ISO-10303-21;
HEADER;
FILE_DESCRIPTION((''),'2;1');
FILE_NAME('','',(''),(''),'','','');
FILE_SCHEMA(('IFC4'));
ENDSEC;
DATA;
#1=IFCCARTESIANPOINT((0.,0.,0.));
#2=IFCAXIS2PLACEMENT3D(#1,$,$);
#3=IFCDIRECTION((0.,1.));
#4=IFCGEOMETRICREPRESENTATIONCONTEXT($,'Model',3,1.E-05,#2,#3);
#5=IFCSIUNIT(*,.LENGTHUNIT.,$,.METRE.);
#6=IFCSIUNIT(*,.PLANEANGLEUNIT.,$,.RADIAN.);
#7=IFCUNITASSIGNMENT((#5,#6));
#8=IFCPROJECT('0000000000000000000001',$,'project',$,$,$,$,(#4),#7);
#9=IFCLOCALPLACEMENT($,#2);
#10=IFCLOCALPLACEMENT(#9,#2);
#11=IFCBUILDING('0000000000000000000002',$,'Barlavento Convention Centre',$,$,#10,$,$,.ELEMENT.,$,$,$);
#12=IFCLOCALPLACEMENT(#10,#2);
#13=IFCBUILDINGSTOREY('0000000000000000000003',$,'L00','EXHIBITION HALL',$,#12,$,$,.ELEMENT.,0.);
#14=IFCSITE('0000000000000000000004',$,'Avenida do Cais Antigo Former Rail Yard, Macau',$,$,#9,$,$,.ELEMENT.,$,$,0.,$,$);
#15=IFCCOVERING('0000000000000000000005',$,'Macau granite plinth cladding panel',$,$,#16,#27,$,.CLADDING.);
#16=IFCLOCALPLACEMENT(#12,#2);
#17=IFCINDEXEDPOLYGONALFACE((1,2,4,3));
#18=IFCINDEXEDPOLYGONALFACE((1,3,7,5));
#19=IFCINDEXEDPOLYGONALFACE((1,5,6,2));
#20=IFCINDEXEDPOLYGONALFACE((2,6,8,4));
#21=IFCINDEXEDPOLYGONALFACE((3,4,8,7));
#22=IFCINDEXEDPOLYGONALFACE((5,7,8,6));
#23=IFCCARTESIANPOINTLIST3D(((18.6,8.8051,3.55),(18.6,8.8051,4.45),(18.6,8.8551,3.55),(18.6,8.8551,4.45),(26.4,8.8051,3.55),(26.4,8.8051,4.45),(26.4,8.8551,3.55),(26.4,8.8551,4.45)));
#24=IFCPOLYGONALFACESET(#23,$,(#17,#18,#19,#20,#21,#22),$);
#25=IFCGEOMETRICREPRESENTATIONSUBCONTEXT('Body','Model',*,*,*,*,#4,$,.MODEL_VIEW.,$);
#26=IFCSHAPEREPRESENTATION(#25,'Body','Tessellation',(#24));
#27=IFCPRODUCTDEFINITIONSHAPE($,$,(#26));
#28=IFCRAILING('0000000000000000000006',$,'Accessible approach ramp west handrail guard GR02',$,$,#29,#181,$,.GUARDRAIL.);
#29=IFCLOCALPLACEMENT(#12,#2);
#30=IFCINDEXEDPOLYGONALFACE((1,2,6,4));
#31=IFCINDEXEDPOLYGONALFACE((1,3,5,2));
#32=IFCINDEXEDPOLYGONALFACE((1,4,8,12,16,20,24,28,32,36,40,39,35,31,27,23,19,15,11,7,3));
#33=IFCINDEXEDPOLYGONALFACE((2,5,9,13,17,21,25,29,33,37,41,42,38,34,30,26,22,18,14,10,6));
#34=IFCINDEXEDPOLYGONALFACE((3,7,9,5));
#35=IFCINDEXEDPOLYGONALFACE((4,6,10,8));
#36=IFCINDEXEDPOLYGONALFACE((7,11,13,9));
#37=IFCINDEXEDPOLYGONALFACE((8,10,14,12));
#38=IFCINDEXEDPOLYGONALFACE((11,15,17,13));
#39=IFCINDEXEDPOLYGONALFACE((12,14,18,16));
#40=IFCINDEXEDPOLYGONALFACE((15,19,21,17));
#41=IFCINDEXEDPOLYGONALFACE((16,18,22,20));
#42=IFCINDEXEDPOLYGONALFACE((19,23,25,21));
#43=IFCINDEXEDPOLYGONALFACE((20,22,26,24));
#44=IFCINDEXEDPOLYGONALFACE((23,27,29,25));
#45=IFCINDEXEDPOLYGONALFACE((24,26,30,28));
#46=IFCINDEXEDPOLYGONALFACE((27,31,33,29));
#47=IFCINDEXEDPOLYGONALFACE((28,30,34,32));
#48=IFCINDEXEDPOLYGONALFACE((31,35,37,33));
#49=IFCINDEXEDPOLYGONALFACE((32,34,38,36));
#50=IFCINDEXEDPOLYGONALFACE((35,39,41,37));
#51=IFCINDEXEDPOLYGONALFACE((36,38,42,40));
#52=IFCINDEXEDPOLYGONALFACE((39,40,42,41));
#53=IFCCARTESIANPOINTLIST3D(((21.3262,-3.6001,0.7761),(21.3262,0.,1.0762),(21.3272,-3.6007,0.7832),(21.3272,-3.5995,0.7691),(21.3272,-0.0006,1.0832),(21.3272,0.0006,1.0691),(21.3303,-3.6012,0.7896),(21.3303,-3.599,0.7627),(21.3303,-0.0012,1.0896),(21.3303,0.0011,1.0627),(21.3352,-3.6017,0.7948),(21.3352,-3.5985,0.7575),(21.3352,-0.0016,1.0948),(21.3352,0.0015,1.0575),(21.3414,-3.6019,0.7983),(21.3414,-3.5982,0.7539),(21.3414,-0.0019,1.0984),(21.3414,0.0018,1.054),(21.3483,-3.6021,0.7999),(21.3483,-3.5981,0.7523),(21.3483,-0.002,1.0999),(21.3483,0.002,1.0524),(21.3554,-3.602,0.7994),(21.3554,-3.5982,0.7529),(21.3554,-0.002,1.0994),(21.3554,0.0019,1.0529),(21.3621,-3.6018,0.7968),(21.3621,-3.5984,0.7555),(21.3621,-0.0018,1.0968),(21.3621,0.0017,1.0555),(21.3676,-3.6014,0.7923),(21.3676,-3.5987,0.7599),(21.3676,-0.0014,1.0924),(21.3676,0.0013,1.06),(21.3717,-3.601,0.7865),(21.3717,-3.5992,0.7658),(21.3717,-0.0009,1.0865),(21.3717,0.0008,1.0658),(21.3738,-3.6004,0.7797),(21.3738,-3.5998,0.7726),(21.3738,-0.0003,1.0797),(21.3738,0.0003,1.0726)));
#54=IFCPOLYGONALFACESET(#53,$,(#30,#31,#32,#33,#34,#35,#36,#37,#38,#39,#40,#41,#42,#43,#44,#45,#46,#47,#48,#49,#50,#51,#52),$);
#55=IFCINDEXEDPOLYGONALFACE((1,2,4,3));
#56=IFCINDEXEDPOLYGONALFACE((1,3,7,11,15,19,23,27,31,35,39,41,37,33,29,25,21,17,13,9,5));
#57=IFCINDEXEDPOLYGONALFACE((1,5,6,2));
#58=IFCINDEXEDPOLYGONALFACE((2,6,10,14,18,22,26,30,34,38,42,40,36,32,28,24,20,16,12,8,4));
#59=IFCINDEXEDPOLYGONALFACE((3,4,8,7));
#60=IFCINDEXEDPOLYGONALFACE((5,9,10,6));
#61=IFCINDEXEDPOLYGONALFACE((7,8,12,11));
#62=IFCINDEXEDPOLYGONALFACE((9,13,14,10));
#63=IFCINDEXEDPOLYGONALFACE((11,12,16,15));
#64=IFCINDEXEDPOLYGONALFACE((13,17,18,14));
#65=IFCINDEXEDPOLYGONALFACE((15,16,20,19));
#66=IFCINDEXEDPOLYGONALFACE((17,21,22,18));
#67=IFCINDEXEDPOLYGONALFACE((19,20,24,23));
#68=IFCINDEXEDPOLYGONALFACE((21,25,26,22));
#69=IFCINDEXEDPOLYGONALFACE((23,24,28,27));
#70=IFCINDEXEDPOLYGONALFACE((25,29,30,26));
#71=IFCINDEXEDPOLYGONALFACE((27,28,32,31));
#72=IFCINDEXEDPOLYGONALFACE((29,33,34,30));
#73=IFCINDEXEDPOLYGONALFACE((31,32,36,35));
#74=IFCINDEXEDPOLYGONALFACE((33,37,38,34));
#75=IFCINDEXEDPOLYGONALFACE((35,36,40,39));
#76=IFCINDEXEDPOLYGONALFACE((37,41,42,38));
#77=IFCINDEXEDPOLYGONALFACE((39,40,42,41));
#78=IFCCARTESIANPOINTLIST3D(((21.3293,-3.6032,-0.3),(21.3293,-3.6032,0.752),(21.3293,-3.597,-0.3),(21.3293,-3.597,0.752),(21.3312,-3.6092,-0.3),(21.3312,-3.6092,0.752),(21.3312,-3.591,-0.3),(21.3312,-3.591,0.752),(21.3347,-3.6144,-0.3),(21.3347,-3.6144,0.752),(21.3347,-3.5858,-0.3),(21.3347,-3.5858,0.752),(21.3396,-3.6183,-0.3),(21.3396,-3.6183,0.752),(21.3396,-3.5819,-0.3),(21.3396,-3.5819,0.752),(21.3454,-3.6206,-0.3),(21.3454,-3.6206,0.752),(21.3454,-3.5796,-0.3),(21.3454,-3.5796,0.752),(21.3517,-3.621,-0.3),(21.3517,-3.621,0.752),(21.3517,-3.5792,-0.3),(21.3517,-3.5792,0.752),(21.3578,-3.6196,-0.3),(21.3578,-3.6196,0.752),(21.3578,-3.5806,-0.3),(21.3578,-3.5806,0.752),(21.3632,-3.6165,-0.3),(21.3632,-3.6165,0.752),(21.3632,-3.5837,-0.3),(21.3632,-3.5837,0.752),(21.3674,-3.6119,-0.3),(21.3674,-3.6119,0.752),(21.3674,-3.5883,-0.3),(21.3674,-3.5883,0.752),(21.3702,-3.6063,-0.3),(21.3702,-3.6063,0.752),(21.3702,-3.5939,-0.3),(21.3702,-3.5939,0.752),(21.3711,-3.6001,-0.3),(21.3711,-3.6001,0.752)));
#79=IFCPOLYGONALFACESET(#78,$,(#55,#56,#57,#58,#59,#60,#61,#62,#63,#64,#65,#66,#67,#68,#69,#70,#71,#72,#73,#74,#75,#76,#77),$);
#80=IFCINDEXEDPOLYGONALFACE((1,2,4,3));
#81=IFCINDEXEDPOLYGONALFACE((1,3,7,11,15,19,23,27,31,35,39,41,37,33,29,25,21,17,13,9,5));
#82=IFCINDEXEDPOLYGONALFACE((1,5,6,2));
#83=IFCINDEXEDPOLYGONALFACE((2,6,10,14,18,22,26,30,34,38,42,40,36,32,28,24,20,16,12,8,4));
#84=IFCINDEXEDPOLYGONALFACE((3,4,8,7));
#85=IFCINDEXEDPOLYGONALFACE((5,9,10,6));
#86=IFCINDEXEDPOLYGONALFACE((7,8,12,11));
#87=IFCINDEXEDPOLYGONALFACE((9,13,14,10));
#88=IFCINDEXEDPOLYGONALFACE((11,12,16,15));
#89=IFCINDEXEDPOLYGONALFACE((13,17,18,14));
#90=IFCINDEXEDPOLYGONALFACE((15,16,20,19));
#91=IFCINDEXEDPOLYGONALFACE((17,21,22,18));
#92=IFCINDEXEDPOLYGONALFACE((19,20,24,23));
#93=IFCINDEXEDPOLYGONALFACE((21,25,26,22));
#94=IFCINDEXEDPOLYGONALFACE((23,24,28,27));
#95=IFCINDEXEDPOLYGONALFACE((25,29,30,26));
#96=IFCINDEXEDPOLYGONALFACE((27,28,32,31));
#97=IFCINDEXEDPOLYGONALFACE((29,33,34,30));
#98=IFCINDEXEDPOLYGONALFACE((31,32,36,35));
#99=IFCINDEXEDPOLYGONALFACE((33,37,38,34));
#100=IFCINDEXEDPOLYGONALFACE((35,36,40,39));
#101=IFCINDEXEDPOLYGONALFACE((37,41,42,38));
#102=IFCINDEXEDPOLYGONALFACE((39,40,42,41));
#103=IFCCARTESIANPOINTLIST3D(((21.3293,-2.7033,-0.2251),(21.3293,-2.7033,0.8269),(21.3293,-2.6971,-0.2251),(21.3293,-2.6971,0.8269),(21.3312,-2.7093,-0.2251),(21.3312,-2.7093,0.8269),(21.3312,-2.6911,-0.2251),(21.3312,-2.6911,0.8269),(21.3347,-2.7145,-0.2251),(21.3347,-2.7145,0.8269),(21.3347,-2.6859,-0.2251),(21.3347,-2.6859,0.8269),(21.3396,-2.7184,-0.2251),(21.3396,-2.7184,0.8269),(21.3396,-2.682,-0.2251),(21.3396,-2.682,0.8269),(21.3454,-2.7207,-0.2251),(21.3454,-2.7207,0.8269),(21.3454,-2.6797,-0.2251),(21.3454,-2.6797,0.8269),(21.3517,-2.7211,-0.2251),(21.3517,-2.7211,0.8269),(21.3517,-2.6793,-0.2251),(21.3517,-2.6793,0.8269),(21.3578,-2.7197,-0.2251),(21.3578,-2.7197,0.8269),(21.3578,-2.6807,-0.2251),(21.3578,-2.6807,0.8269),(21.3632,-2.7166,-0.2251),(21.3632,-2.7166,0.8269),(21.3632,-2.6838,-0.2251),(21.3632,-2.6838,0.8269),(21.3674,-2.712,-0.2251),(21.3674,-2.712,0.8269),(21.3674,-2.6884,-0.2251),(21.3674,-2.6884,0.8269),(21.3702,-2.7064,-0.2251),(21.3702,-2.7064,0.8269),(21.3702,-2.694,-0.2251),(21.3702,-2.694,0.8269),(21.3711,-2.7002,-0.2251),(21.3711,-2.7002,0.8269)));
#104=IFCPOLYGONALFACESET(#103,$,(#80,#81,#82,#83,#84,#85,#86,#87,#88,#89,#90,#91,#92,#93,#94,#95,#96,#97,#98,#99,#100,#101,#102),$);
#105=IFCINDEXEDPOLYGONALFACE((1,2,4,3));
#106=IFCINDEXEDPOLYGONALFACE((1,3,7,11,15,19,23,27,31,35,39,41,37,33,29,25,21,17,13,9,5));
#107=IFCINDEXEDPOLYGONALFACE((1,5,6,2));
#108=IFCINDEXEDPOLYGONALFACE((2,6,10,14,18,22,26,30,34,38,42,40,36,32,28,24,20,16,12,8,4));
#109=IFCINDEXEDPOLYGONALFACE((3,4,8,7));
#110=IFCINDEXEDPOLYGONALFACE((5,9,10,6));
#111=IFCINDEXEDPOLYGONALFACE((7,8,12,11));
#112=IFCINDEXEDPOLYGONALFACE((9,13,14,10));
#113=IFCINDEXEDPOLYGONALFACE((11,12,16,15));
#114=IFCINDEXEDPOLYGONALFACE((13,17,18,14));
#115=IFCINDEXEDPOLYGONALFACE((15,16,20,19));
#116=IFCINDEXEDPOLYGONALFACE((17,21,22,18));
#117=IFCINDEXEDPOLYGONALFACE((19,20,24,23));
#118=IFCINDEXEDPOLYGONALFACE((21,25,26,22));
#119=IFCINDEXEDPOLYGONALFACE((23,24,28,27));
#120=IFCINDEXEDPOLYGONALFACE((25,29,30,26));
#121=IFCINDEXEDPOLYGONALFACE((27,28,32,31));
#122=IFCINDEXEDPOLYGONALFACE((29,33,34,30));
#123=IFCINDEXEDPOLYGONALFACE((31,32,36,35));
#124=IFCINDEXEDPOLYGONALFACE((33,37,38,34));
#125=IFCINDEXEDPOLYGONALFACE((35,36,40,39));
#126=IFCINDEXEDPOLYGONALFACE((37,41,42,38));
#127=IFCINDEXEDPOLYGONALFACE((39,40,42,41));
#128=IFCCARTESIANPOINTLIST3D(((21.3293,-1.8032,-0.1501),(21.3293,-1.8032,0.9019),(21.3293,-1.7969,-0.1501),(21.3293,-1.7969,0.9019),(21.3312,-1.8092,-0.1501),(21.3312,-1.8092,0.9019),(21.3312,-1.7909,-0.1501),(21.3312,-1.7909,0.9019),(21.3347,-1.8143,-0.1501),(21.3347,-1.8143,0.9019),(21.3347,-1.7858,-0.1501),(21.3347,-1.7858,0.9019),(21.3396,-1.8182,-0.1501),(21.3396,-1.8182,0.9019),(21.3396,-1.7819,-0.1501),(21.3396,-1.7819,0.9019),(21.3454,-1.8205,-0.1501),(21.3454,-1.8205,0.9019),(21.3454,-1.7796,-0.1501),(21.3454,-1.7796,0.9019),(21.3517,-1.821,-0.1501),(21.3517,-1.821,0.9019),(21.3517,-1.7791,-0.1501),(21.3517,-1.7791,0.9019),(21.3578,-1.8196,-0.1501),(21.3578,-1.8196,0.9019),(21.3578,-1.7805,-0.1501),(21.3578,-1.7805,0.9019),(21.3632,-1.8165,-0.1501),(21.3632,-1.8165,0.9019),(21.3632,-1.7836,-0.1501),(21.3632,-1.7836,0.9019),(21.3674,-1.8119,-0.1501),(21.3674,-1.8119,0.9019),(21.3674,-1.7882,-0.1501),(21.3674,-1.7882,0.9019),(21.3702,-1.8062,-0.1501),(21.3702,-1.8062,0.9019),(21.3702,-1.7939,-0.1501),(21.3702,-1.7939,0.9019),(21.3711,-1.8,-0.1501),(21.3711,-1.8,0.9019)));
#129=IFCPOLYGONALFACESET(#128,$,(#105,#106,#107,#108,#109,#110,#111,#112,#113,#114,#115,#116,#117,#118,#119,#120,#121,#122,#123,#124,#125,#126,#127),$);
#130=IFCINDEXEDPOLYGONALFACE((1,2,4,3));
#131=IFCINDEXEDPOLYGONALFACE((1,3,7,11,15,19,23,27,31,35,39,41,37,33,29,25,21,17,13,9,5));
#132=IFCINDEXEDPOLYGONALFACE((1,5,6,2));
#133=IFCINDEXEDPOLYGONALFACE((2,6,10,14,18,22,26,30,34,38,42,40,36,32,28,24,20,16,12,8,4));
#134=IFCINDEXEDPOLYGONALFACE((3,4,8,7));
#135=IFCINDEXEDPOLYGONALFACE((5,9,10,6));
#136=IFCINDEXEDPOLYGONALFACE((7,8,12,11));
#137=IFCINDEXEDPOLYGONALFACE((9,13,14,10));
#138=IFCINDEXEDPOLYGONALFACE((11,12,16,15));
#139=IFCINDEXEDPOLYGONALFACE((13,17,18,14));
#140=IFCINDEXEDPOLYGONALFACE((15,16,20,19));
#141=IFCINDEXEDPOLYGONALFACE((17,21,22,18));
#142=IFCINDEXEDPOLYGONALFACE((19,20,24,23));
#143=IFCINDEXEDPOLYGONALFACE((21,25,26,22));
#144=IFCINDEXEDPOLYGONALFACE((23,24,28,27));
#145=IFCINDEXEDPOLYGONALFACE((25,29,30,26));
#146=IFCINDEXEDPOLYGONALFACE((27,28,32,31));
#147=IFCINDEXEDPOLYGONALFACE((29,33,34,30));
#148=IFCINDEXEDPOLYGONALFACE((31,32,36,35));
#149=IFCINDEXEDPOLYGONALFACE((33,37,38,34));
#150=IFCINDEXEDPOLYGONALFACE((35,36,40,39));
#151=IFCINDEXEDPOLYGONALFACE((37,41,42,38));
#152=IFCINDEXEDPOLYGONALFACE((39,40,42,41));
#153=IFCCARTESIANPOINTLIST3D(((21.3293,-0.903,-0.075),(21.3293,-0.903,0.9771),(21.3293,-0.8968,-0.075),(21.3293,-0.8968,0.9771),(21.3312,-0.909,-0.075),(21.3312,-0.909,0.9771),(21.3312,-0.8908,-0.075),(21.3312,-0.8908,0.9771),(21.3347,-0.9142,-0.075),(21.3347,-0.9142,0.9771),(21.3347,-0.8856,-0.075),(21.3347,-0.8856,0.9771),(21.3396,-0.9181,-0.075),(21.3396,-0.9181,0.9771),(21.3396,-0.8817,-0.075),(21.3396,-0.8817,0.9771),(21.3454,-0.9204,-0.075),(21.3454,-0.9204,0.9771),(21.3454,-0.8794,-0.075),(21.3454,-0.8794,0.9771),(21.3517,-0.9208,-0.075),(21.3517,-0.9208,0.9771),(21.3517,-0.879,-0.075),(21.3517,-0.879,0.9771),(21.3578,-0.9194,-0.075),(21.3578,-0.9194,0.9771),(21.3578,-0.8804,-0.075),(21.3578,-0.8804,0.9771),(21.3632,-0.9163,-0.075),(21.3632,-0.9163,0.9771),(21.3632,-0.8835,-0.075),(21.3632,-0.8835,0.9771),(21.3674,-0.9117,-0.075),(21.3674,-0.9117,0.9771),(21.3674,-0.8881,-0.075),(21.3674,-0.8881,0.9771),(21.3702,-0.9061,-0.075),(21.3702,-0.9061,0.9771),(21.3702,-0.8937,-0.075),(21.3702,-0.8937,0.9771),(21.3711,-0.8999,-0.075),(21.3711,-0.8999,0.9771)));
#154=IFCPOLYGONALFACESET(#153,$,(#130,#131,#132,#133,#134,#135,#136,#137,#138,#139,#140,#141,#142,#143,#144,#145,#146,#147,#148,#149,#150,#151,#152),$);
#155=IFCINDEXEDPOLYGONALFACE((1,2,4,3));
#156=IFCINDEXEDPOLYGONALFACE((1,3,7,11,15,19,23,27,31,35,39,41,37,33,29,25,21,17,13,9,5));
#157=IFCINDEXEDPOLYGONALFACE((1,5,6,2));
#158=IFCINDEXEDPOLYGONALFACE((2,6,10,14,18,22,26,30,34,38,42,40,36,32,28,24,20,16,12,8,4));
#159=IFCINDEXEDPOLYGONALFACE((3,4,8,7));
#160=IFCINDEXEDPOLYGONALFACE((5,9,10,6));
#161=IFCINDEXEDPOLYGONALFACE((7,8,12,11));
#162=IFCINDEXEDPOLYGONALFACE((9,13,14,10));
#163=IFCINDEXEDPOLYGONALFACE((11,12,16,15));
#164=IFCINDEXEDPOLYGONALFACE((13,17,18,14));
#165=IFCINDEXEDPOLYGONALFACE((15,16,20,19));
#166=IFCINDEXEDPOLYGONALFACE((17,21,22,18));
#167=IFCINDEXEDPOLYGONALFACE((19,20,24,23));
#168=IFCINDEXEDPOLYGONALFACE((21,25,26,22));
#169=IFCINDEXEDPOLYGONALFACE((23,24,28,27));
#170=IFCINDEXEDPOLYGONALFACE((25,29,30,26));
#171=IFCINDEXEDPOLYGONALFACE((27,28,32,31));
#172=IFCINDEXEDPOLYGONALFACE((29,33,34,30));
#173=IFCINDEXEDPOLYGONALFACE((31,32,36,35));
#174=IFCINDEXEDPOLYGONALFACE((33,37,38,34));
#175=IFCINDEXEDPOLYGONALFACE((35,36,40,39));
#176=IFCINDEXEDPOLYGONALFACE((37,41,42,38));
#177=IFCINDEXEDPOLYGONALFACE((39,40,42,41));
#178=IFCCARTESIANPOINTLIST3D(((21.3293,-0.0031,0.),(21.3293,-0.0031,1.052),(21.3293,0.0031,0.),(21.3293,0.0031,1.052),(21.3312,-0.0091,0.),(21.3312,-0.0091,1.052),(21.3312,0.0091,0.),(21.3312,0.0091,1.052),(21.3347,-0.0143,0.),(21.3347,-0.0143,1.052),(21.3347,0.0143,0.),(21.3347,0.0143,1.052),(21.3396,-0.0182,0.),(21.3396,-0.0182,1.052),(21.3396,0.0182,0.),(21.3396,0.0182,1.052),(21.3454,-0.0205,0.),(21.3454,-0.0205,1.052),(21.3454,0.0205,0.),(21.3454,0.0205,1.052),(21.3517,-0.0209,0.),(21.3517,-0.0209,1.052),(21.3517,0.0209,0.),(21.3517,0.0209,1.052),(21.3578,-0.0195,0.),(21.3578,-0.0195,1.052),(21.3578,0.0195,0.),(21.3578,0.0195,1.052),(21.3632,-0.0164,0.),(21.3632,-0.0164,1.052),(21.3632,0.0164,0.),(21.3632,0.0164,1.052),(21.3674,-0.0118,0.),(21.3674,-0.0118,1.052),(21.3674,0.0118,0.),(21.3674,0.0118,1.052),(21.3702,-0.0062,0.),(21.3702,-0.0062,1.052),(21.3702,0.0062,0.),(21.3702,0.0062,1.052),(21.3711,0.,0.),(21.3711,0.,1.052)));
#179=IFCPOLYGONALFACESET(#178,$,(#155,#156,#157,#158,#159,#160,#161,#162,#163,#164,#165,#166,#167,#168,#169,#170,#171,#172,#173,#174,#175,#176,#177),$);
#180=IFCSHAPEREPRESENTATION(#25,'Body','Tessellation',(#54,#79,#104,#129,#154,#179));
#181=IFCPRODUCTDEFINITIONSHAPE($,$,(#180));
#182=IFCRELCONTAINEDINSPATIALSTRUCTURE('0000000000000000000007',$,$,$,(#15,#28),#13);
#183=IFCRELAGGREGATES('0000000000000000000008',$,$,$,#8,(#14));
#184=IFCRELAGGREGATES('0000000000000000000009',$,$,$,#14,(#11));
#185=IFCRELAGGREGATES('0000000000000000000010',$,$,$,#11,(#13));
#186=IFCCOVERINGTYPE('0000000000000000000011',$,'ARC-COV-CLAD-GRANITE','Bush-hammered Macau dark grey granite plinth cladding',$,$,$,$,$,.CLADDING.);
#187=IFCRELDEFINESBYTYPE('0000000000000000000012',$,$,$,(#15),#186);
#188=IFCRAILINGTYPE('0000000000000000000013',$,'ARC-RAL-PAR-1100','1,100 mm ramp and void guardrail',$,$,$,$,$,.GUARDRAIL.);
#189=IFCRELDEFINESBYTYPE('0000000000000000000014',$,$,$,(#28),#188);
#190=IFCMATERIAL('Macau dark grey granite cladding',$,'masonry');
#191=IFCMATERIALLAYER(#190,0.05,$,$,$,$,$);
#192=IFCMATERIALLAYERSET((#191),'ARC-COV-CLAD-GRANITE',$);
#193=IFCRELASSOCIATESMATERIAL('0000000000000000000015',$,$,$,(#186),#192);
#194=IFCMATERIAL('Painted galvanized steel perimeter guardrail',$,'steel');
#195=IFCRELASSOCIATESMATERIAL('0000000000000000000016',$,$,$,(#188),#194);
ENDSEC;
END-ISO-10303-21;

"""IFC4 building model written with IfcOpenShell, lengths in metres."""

from ifc_helpers import new_model, si_unit, direction, frame, origin, origin_2d, place, context, subcontext, project, spatial, rectangle, circle, extrude, material, layer, layer_set, type_object, element, save


model = new_model("IFC4")

# Units and contexts
model_context = context("Model", 3, precision=1e-05, world=origin(), true_north=direction((0.0, 1.0)))
body_context = subcontext(model_context, "Body", "Model", "MODEL_VIEW")
ifc_project = project(units=[si_unit("LENGTHUNIT", "METRE"), si_unit("PLANEANGLEUNIT", "RADIAN")], contexts=[model_context])

# Site, building, storey
site_placement = place(None, origin())
site = spatial("IfcSite", under=ifc_project, at=site_placement, Name="Avenida do Cais Antigo Former Rail Yard, Macau", CompositionType="ELEMENT", RefElevation=0.0)
building_placement = place(site_placement, origin())
building = spatial("IfcBuilding", under=site, at=building_placement, Name="Barlavento Convention Centre", CompositionType="ELEMENT")
storey_placement = place(building_placement, origin())
storey = spatial("IfcBuildingStorey", under=building, at=storey_placement, Name="L00", Description="EXHIBITION HALL", CompositionType="ELEMENT", Elevation=0.0)

# Covering
ifc_material_1 = material(Name="Macau dark grey granite cladding", Category="masonry")
ifc_layer_1 = layer(ifc_material_1, 0.05)
ifc_layer_set_1 = layer_set([ifc_layer_1], Name="ARC-COV-CLAD-GRANITE")
covering_type = type_object("IfcCoveringType", Name="ARC-COV-CLAD-GRANITE", Description="Bush-hammered Macau dark grey granite plinth cladding", PredefinedType="CLADDING", material=ifc_layer_set_1)
covering_placement = place(storey_placement, frame((22.5, 8.8301, 3.55), z_axis=(0.0, 0.0, 1.0), x_axis=(1.0, 0.0, 0.0)))
element("IfcCovering", 1, at=covering_placement, inside=storey, type_object=covering_type, Name="Macau granite plinth cladding panel", PredefinedType="CLADDING", context=body_context, shape_type="SweptSolid", body=[
    extrude(rectangle(XDim=7.8, YDim=0.05, at=origin_2d()), origin(), (0.0, 0.0, 1.0), 0.8999),
])

# Railing
ifc_material_2 = material(Name="Painted galvanized steel perimeter guardrail", Category="steel")
railing_type = type_object("IfcRailingType", Name="ARC-RAL-PAR-1100", Description="1,100 mm ramp and void guardrail", PredefinedType="GUARDRAIL", material=ifc_material_2)
for number, where, name in (
    (2, (21.3501, -3.6001, -0.3), "Accessible approach ramp west handrail guard GR02"),
):
    element("IfcRailing", number, at=place(storey_placement, frame(where)), inside=storey, type_object=railing_type, Name=name, PredefinedType="GUARDRAIL", context=body_context, shape_type="SweptSolid", body=[
        extrude(circle(Radius=0.0239, at=origin_2d()), frame((0.0, 0.0, 1.0762), z_axis=(0.0, 0.996545, 0.083057), x_axis=(-1.0, 0.0, 0.0)), (0.0, 0.0, 1.0), 3.6125),
        extrude(circle(Radius=0.021, at=origin_2d()), origin(), (0.0, 0.0, 1.0), 1.052),
        extrude(circle(Radius=0.021, at=origin_2d()), frame((0.0, 0.8999, 0.075)), (0.0, 0.0, 1.0), 1.052),
        extrude(circle(Radius=0.021, at=origin_2d()), frame((0.0, 1.8, 0.1499)), (0.0, 0.0, 1.0), 1.052),
        extrude(circle(Radius=0.021, at=origin_2d()), frame((0.0, 2.7002, 0.2251)), (0.0, 0.0, 1.0), 1.052),
        extrude(circle(Radius=0.021, at=origin_2d()), frame((0.0, 3.6001, 0.3)), (0.0, 0.0, 1.0), 1.052),
    ])

save(model, "model.ifc")
